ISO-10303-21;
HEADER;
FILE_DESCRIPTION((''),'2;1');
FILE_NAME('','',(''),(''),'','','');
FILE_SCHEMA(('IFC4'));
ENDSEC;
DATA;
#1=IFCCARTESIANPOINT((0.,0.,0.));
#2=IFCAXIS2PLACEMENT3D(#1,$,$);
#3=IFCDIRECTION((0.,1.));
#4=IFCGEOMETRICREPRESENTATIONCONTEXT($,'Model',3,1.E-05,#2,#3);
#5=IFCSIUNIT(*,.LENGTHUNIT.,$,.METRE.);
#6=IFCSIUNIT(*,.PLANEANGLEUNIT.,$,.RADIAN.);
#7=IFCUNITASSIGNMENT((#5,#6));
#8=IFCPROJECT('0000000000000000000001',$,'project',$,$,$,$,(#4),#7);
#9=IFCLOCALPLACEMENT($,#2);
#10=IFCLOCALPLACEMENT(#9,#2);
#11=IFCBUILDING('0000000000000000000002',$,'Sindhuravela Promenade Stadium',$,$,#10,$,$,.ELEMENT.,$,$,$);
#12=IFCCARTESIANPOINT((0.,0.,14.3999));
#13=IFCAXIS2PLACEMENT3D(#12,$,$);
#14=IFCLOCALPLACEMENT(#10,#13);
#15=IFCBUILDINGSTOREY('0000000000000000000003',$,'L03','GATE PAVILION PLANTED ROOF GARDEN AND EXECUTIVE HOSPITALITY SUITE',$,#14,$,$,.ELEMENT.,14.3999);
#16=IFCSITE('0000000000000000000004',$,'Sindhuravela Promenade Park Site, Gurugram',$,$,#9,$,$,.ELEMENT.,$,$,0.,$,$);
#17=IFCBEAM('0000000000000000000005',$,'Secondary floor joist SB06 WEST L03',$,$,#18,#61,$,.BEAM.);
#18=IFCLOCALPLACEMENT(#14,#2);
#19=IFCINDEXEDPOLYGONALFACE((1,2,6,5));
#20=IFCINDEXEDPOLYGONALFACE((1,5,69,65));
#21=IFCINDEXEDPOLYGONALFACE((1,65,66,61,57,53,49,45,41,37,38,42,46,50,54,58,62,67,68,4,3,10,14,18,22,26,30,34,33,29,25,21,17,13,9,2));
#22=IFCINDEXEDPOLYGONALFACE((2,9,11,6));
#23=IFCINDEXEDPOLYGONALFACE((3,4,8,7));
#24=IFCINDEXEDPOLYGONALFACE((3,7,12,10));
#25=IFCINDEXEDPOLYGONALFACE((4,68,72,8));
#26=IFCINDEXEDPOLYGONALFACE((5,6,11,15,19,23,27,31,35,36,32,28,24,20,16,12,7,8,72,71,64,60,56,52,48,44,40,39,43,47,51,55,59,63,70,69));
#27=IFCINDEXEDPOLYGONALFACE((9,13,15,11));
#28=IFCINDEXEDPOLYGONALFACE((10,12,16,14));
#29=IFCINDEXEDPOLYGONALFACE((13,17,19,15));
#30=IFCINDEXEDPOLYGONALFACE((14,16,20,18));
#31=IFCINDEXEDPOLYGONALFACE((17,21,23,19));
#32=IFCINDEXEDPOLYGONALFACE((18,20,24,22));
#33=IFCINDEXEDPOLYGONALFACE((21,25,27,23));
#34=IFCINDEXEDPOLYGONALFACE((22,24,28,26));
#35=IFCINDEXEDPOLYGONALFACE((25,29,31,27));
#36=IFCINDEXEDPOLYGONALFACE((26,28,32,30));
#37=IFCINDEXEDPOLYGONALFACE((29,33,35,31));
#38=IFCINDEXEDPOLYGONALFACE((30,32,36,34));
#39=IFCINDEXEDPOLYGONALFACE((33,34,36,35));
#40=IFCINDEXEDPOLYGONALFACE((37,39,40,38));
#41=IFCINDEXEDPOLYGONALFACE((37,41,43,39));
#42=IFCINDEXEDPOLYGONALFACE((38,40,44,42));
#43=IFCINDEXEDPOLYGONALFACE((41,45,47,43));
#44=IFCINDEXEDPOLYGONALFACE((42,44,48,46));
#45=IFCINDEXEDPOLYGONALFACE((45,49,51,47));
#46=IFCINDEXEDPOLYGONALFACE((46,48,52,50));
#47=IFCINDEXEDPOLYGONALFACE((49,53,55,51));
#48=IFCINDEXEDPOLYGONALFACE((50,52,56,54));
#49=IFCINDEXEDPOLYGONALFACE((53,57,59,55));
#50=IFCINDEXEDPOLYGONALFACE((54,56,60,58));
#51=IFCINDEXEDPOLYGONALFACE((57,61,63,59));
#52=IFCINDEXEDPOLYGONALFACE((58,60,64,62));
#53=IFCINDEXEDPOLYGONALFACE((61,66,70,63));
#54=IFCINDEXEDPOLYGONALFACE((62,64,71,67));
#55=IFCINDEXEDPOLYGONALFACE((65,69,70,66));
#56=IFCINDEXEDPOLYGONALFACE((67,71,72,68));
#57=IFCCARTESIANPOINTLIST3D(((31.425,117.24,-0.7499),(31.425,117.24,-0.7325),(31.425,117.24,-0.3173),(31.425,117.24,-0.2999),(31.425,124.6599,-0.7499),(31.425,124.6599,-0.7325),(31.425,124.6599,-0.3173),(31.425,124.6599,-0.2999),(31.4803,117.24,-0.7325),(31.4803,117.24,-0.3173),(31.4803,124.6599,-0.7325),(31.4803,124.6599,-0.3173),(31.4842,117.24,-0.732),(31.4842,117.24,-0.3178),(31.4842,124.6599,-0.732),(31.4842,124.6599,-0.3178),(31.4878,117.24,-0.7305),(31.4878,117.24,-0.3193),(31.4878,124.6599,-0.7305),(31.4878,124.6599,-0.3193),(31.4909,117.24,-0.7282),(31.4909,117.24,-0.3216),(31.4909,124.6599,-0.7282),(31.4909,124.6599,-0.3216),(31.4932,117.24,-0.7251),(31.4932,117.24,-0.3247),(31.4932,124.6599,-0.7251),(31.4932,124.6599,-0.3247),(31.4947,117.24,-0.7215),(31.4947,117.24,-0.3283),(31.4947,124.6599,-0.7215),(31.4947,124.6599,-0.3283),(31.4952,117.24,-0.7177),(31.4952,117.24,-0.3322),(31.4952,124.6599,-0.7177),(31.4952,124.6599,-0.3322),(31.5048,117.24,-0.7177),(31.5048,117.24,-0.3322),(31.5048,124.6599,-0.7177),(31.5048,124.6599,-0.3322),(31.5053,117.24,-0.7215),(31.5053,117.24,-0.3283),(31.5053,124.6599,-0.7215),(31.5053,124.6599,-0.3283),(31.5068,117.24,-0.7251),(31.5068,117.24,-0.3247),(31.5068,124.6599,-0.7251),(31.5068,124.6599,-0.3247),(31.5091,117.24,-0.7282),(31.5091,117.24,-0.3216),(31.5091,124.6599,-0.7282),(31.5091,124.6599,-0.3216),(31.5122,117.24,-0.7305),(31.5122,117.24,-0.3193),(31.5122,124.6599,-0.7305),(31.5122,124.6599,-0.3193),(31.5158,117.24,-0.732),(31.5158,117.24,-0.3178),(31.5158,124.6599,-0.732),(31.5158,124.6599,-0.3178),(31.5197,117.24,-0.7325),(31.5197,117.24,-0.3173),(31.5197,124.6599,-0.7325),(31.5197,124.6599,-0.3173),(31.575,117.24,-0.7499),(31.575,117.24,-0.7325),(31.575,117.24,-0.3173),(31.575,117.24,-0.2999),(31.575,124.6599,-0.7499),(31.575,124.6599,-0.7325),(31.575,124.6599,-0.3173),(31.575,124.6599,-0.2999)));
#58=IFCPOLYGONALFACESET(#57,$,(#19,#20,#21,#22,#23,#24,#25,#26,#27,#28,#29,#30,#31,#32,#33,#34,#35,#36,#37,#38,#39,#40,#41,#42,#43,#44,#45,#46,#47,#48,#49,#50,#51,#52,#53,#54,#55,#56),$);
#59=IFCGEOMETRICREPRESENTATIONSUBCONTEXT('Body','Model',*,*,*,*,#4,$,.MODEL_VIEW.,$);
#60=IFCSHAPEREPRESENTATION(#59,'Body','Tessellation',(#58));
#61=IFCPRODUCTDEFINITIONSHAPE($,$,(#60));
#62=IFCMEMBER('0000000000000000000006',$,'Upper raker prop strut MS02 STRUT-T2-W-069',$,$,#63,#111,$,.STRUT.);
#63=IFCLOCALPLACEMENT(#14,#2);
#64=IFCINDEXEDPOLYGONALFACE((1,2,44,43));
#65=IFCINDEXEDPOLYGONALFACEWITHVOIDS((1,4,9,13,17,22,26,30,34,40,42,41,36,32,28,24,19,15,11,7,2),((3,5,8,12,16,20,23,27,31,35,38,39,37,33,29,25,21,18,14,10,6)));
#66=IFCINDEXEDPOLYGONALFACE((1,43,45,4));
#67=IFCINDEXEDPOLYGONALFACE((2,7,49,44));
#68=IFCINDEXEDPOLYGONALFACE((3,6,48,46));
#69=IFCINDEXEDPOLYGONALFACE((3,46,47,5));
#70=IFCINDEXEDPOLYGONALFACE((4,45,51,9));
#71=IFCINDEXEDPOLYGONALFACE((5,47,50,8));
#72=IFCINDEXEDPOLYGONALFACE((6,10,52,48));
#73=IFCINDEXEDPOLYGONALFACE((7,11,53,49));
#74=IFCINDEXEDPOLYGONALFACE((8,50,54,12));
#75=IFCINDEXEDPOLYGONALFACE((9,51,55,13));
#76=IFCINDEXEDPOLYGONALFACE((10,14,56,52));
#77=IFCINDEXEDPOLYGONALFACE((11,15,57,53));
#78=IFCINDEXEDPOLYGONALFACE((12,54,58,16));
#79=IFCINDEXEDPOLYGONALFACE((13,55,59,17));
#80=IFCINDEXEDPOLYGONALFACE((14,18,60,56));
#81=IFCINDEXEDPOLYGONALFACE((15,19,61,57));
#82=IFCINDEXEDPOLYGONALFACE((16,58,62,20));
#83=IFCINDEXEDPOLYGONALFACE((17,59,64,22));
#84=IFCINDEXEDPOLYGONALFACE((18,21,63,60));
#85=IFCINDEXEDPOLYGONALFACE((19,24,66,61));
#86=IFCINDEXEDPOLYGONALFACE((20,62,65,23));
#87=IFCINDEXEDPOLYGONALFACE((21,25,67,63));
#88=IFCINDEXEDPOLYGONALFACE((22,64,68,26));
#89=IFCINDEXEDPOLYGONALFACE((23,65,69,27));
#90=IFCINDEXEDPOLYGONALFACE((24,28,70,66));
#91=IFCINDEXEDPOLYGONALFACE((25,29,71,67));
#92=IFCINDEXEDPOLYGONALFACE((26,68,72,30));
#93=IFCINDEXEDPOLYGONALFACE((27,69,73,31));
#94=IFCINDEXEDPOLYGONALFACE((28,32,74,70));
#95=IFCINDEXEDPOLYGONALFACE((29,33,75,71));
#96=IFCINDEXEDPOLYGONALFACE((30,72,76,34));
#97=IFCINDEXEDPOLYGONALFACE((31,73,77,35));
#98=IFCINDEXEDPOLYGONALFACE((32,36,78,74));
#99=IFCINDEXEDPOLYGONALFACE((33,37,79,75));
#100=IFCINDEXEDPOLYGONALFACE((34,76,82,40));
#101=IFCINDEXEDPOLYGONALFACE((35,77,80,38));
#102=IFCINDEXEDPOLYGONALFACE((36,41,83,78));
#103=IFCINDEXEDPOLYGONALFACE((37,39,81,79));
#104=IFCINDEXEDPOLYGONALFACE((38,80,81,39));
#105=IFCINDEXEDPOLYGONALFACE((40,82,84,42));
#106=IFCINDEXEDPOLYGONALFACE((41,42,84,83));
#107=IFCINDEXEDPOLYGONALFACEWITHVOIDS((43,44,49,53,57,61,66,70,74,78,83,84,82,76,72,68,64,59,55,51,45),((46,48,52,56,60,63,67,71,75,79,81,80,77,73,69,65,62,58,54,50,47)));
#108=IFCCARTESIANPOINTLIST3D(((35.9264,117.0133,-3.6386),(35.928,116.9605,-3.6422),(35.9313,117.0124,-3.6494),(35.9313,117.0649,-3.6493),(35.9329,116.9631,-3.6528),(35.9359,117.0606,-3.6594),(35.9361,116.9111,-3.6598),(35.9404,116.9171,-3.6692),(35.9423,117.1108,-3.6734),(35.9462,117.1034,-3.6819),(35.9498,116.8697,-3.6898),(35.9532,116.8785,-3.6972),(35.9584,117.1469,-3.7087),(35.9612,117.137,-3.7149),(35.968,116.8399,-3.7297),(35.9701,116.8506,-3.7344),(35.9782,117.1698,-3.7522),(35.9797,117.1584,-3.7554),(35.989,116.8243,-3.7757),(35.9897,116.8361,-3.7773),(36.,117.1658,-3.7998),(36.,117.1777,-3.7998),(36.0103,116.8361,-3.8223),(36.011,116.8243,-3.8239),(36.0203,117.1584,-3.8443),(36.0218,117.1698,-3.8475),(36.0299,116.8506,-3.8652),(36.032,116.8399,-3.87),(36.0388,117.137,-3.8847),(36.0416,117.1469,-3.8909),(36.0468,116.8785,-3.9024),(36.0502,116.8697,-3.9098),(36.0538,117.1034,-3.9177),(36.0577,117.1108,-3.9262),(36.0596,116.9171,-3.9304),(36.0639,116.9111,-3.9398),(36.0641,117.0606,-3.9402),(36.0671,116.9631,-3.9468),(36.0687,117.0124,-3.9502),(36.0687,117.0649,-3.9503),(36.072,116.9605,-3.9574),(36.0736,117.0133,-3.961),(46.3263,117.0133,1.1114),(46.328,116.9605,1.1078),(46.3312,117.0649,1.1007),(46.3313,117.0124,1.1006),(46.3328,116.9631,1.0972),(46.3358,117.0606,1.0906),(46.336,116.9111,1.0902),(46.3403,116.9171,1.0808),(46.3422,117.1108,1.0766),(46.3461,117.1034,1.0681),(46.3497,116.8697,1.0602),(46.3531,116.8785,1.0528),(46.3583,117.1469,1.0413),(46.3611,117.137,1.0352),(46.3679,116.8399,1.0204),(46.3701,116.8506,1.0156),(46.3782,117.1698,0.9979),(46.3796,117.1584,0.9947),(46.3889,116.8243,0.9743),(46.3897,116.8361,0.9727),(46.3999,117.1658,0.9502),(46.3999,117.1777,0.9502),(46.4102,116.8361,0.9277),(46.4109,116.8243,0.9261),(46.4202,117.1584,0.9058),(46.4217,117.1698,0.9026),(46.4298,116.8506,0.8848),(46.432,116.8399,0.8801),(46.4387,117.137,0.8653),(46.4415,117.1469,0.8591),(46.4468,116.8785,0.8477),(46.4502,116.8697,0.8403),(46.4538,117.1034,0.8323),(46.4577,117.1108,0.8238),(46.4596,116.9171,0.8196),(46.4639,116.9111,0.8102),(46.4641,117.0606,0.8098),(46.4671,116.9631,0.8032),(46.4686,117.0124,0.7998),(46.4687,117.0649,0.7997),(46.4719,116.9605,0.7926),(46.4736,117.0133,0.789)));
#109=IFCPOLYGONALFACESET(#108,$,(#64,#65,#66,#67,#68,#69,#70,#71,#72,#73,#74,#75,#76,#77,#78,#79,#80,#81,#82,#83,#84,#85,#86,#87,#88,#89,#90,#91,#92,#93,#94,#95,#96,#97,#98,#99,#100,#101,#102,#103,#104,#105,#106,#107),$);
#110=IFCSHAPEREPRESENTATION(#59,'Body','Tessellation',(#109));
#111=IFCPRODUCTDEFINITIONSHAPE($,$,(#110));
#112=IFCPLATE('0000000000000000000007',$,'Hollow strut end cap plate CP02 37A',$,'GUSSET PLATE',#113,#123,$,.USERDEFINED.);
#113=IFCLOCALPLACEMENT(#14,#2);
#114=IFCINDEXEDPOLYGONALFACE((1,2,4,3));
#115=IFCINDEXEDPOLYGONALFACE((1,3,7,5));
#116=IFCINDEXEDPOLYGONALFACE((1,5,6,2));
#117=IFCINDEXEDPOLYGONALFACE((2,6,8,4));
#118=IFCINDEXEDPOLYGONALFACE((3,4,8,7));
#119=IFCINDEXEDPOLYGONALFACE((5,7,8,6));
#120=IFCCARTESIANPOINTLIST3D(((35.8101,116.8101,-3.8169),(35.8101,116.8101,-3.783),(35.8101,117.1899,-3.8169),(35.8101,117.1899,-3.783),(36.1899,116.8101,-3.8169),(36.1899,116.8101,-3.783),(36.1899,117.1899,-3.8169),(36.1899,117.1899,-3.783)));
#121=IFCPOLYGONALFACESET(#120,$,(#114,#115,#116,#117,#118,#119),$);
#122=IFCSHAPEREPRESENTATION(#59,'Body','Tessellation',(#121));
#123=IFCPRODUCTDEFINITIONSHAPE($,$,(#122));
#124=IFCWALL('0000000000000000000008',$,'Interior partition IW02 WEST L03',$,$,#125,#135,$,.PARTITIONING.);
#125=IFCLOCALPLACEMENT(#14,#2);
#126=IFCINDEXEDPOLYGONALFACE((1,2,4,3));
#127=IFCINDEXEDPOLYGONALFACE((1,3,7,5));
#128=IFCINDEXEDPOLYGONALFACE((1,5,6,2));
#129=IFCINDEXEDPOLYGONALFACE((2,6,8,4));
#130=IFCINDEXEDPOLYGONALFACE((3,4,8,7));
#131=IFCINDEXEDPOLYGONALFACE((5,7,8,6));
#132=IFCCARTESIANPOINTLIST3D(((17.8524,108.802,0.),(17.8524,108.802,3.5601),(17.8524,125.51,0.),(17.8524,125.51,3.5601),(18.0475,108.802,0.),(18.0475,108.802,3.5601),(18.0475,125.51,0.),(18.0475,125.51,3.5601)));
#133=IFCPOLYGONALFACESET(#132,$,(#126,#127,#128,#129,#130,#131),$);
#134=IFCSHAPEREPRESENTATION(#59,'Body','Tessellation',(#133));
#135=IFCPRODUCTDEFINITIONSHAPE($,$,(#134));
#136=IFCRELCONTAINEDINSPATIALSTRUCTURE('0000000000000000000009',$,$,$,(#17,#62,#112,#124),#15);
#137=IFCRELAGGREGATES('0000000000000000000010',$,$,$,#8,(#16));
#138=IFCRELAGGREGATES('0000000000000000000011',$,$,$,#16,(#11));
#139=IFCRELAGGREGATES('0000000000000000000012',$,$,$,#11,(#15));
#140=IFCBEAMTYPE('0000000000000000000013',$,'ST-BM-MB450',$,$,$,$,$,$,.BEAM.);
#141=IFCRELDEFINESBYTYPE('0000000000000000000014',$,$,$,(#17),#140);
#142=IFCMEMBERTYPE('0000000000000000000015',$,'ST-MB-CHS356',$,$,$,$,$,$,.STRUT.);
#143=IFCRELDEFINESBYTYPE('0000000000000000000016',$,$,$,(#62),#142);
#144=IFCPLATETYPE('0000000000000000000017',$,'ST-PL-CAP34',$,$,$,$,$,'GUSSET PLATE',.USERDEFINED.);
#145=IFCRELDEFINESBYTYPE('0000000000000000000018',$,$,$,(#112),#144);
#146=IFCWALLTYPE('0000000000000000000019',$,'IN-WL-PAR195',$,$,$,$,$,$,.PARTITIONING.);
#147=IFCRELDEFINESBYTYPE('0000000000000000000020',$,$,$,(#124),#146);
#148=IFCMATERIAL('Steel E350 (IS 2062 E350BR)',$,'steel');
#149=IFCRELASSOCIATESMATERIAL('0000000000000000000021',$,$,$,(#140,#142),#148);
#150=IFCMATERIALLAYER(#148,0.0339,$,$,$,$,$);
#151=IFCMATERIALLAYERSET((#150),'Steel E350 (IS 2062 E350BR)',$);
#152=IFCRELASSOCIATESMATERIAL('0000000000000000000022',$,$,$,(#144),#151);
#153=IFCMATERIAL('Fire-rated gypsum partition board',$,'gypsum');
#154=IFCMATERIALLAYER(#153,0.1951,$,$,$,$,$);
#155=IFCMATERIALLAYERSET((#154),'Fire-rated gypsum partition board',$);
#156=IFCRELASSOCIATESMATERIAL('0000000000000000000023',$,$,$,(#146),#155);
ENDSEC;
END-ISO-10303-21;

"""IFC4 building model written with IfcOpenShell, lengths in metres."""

from ifc_helpers import new_model, si_unit, direction, frame, frame_2d, origin, origin_2d, place, context, subcontext, project, spatial, rectangle, hollow_circle, i_section, extrude, material, layer, layer_set, material_profile, profile_set, type_object, element, save


model = new_model("IFC4")

# Units and contexts
model_context = context("Model", 3, precision=1e-05, world=origin(), true_north=direction((0.0, 1.0)))
body_context = subcontext(model_context, "Body", "Model", "MODEL_VIEW")
ifc_project = project(units=[si_unit("LENGTHUNIT", "METRE"), si_unit("PLANEANGLEUNIT", "RADIAN")], contexts=[model_context])

# Site, building, storey
site_placement = place(None, origin())
site = spatial("IfcSite", under=ifc_project, at=site_placement, Name="Sindhuravela Promenade Park Site, Gurugram", CompositionType="ELEMENT", RefElevation=0.0)
building_placement = place(site_placement, origin())
building = spatial("IfcBuilding", under=site, at=building_placement, Name="Sindhuravela Promenade Stadium", CompositionType="ELEMENT")
storey_placement = place(building_placement, frame((0.0, 0.0, 14.3999)))
storey = spatial("IfcBuildingStorey", under=building, at=storey_placement, Name="L03", Description="GATE PAVILION PLANTED ROOF GARDEN AND EXECUTIVE HOSPITALITY SUITE", CompositionType="ELEMENT", Elevation=14.3999)

# Beam
ifc_material_1 = material(Name="Steel E350 (IS 2062 E350BR)", Category="steel")
ifc_material_profile_1 = material_profile(ifc_material_1, i_section(OverallWidth=0.1499, OverallDepth=0.45, WebThickness=0.0095, FlangeThickness=0.0173, FilletRadius=0.0149, at=origin_2d()), Name="ISMB 450")
ifc_profile_set_1 = profile_set([ifc_material_profile_1], Name="Steel E350 (IS 2062 E350BR)")
beam_type_1 = type_object("IfcBeamType", Name="ST-BM-MB450", PredefinedType="BEAM", material=ifc_profile_set_1)
beam_1_placement = place(storey_placement, frame((31.5, 117.24, -0.5249), z_axis=(0.0, 1.0, 0.0), x_axis=(-1.0, 0.0, 0.0)))
element("IfcBeam", 1, at=beam_1_placement, inside=storey, type_object=beam_type_1, Name="Secondary floor joist SB06 WEST L03", PredefinedType="BEAM", context=body_context, shape_type="SweptSolid", body=[
    extrude(i_section(OverallWidth=0.1499, OverallDepth=0.45, WebThickness=0.0095, FlangeThickness=0.0173, FilletRadius=0.0149, at=origin_2d()), origin(), (0.0, 0.0, 1.0), 7.4199),
])

# Member
ifc_material_profile_2 = material_profile(ifc_material_1, hollow_circle(Radius=0.1777, WallThickness=0.012, at=origin_2d()), Name="CHS 355.6x12")
ifc_profile_set_2 = profile_set([ifc_material_profile_2], Name="Steel E350 (IS 2062 E350BR)")
member_type = type_object("IfcMemberType", Name="ST-MB-CHS356", PredefinedType="STRUT", material=ifc_profile_set_2)
member_placement = place(storey_placement, frame((36.0, 117.0, -3.7998), z_axis=(0.909615, 0.0, 0.415453), x_axis=(0.0, 1.0, 0.0)))
element("IfcMember", 2, at=member_placement, inside=storey, type_object=member_type, Name="Upper raker prop strut MS02 STRUT-T2-W-069", PredefinedType="STRUT", context=body_context, shape_type="SweptSolid", body=[
    extrude(hollow_circle(Radius=0.1777, WallThickness=0.012, at=origin_2d()), origin(), (0.0, 0.0, 1.0), 11.4333),
])

# Plate
ifc_layer_1 = layer(ifc_material_1, 0.0339)
ifc_layer_set_1 = layer_set([ifc_layer_1], Name="Steel E350 (IS 2062 E350BR)")
plate_type = type_object("IfcPlateType", Name="ST-PL-CAP34", ElementType="GUSSET PLATE", PredefinedType="USERDEFINED", material=ifc_layer_set_1)
plate_placement = place(storey_placement, frame((36.0, 117.0, -3.8169), z_axis=(0.0, 0.0, 1.0), x_axis=(1.0, 0.0, 0.0)))
element("IfcPlate", 3, at=plate_placement, inside=storey, type_object=plate_type, Name="Hollow strut end cap plate CP02 37A", ObjectType="GUSSET PLATE", PredefinedType="USERDEFINED", context=body_context, shape_type="SweptSolid", body=[
    extrude(rectangle(XDim=0.3799, YDim=0.3799, at=origin_2d()), origin(), (0.0, 0.0, 1.0), 0.0339),
])

# Wall
ifc_material_2 = material(Name="Fire-rated gypsum partition board", Category="gypsum")
ifc_layer_2 = layer(ifc_material_2, 0.1951)
ifc_layer_set_2 = layer_set([ifc_layer_2], Name="Fire-rated gypsum partition board")
wall_type = type_object("IfcWallType", Name="IN-WL-PAR195", PredefinedType="PARTITIONING", material=ifc_layer_set_2)
wall_placement = place(storey_placement, frame((17.95, 125.51, 0.0), z_axis=(0.0, 0.0, 1.0), x_axis=(0.0, -1.0, 0.0)))
element("IfcWall", 4, at=wall_placement, inside=storey, type_object=wall_type, Name="Interior partition IW02 WEST L03", PredefinedType="PARTITIONING", context=body_context, shape_type="SweptSolid", body=[
    extrude(rectangle(XDim=16.708, YDim=0.1951, at=frame_2d((8.354, 0.0))), origin(), (0.0, 0.0, 1.0), 3.5601),
])

save(model, "model.ifc")
